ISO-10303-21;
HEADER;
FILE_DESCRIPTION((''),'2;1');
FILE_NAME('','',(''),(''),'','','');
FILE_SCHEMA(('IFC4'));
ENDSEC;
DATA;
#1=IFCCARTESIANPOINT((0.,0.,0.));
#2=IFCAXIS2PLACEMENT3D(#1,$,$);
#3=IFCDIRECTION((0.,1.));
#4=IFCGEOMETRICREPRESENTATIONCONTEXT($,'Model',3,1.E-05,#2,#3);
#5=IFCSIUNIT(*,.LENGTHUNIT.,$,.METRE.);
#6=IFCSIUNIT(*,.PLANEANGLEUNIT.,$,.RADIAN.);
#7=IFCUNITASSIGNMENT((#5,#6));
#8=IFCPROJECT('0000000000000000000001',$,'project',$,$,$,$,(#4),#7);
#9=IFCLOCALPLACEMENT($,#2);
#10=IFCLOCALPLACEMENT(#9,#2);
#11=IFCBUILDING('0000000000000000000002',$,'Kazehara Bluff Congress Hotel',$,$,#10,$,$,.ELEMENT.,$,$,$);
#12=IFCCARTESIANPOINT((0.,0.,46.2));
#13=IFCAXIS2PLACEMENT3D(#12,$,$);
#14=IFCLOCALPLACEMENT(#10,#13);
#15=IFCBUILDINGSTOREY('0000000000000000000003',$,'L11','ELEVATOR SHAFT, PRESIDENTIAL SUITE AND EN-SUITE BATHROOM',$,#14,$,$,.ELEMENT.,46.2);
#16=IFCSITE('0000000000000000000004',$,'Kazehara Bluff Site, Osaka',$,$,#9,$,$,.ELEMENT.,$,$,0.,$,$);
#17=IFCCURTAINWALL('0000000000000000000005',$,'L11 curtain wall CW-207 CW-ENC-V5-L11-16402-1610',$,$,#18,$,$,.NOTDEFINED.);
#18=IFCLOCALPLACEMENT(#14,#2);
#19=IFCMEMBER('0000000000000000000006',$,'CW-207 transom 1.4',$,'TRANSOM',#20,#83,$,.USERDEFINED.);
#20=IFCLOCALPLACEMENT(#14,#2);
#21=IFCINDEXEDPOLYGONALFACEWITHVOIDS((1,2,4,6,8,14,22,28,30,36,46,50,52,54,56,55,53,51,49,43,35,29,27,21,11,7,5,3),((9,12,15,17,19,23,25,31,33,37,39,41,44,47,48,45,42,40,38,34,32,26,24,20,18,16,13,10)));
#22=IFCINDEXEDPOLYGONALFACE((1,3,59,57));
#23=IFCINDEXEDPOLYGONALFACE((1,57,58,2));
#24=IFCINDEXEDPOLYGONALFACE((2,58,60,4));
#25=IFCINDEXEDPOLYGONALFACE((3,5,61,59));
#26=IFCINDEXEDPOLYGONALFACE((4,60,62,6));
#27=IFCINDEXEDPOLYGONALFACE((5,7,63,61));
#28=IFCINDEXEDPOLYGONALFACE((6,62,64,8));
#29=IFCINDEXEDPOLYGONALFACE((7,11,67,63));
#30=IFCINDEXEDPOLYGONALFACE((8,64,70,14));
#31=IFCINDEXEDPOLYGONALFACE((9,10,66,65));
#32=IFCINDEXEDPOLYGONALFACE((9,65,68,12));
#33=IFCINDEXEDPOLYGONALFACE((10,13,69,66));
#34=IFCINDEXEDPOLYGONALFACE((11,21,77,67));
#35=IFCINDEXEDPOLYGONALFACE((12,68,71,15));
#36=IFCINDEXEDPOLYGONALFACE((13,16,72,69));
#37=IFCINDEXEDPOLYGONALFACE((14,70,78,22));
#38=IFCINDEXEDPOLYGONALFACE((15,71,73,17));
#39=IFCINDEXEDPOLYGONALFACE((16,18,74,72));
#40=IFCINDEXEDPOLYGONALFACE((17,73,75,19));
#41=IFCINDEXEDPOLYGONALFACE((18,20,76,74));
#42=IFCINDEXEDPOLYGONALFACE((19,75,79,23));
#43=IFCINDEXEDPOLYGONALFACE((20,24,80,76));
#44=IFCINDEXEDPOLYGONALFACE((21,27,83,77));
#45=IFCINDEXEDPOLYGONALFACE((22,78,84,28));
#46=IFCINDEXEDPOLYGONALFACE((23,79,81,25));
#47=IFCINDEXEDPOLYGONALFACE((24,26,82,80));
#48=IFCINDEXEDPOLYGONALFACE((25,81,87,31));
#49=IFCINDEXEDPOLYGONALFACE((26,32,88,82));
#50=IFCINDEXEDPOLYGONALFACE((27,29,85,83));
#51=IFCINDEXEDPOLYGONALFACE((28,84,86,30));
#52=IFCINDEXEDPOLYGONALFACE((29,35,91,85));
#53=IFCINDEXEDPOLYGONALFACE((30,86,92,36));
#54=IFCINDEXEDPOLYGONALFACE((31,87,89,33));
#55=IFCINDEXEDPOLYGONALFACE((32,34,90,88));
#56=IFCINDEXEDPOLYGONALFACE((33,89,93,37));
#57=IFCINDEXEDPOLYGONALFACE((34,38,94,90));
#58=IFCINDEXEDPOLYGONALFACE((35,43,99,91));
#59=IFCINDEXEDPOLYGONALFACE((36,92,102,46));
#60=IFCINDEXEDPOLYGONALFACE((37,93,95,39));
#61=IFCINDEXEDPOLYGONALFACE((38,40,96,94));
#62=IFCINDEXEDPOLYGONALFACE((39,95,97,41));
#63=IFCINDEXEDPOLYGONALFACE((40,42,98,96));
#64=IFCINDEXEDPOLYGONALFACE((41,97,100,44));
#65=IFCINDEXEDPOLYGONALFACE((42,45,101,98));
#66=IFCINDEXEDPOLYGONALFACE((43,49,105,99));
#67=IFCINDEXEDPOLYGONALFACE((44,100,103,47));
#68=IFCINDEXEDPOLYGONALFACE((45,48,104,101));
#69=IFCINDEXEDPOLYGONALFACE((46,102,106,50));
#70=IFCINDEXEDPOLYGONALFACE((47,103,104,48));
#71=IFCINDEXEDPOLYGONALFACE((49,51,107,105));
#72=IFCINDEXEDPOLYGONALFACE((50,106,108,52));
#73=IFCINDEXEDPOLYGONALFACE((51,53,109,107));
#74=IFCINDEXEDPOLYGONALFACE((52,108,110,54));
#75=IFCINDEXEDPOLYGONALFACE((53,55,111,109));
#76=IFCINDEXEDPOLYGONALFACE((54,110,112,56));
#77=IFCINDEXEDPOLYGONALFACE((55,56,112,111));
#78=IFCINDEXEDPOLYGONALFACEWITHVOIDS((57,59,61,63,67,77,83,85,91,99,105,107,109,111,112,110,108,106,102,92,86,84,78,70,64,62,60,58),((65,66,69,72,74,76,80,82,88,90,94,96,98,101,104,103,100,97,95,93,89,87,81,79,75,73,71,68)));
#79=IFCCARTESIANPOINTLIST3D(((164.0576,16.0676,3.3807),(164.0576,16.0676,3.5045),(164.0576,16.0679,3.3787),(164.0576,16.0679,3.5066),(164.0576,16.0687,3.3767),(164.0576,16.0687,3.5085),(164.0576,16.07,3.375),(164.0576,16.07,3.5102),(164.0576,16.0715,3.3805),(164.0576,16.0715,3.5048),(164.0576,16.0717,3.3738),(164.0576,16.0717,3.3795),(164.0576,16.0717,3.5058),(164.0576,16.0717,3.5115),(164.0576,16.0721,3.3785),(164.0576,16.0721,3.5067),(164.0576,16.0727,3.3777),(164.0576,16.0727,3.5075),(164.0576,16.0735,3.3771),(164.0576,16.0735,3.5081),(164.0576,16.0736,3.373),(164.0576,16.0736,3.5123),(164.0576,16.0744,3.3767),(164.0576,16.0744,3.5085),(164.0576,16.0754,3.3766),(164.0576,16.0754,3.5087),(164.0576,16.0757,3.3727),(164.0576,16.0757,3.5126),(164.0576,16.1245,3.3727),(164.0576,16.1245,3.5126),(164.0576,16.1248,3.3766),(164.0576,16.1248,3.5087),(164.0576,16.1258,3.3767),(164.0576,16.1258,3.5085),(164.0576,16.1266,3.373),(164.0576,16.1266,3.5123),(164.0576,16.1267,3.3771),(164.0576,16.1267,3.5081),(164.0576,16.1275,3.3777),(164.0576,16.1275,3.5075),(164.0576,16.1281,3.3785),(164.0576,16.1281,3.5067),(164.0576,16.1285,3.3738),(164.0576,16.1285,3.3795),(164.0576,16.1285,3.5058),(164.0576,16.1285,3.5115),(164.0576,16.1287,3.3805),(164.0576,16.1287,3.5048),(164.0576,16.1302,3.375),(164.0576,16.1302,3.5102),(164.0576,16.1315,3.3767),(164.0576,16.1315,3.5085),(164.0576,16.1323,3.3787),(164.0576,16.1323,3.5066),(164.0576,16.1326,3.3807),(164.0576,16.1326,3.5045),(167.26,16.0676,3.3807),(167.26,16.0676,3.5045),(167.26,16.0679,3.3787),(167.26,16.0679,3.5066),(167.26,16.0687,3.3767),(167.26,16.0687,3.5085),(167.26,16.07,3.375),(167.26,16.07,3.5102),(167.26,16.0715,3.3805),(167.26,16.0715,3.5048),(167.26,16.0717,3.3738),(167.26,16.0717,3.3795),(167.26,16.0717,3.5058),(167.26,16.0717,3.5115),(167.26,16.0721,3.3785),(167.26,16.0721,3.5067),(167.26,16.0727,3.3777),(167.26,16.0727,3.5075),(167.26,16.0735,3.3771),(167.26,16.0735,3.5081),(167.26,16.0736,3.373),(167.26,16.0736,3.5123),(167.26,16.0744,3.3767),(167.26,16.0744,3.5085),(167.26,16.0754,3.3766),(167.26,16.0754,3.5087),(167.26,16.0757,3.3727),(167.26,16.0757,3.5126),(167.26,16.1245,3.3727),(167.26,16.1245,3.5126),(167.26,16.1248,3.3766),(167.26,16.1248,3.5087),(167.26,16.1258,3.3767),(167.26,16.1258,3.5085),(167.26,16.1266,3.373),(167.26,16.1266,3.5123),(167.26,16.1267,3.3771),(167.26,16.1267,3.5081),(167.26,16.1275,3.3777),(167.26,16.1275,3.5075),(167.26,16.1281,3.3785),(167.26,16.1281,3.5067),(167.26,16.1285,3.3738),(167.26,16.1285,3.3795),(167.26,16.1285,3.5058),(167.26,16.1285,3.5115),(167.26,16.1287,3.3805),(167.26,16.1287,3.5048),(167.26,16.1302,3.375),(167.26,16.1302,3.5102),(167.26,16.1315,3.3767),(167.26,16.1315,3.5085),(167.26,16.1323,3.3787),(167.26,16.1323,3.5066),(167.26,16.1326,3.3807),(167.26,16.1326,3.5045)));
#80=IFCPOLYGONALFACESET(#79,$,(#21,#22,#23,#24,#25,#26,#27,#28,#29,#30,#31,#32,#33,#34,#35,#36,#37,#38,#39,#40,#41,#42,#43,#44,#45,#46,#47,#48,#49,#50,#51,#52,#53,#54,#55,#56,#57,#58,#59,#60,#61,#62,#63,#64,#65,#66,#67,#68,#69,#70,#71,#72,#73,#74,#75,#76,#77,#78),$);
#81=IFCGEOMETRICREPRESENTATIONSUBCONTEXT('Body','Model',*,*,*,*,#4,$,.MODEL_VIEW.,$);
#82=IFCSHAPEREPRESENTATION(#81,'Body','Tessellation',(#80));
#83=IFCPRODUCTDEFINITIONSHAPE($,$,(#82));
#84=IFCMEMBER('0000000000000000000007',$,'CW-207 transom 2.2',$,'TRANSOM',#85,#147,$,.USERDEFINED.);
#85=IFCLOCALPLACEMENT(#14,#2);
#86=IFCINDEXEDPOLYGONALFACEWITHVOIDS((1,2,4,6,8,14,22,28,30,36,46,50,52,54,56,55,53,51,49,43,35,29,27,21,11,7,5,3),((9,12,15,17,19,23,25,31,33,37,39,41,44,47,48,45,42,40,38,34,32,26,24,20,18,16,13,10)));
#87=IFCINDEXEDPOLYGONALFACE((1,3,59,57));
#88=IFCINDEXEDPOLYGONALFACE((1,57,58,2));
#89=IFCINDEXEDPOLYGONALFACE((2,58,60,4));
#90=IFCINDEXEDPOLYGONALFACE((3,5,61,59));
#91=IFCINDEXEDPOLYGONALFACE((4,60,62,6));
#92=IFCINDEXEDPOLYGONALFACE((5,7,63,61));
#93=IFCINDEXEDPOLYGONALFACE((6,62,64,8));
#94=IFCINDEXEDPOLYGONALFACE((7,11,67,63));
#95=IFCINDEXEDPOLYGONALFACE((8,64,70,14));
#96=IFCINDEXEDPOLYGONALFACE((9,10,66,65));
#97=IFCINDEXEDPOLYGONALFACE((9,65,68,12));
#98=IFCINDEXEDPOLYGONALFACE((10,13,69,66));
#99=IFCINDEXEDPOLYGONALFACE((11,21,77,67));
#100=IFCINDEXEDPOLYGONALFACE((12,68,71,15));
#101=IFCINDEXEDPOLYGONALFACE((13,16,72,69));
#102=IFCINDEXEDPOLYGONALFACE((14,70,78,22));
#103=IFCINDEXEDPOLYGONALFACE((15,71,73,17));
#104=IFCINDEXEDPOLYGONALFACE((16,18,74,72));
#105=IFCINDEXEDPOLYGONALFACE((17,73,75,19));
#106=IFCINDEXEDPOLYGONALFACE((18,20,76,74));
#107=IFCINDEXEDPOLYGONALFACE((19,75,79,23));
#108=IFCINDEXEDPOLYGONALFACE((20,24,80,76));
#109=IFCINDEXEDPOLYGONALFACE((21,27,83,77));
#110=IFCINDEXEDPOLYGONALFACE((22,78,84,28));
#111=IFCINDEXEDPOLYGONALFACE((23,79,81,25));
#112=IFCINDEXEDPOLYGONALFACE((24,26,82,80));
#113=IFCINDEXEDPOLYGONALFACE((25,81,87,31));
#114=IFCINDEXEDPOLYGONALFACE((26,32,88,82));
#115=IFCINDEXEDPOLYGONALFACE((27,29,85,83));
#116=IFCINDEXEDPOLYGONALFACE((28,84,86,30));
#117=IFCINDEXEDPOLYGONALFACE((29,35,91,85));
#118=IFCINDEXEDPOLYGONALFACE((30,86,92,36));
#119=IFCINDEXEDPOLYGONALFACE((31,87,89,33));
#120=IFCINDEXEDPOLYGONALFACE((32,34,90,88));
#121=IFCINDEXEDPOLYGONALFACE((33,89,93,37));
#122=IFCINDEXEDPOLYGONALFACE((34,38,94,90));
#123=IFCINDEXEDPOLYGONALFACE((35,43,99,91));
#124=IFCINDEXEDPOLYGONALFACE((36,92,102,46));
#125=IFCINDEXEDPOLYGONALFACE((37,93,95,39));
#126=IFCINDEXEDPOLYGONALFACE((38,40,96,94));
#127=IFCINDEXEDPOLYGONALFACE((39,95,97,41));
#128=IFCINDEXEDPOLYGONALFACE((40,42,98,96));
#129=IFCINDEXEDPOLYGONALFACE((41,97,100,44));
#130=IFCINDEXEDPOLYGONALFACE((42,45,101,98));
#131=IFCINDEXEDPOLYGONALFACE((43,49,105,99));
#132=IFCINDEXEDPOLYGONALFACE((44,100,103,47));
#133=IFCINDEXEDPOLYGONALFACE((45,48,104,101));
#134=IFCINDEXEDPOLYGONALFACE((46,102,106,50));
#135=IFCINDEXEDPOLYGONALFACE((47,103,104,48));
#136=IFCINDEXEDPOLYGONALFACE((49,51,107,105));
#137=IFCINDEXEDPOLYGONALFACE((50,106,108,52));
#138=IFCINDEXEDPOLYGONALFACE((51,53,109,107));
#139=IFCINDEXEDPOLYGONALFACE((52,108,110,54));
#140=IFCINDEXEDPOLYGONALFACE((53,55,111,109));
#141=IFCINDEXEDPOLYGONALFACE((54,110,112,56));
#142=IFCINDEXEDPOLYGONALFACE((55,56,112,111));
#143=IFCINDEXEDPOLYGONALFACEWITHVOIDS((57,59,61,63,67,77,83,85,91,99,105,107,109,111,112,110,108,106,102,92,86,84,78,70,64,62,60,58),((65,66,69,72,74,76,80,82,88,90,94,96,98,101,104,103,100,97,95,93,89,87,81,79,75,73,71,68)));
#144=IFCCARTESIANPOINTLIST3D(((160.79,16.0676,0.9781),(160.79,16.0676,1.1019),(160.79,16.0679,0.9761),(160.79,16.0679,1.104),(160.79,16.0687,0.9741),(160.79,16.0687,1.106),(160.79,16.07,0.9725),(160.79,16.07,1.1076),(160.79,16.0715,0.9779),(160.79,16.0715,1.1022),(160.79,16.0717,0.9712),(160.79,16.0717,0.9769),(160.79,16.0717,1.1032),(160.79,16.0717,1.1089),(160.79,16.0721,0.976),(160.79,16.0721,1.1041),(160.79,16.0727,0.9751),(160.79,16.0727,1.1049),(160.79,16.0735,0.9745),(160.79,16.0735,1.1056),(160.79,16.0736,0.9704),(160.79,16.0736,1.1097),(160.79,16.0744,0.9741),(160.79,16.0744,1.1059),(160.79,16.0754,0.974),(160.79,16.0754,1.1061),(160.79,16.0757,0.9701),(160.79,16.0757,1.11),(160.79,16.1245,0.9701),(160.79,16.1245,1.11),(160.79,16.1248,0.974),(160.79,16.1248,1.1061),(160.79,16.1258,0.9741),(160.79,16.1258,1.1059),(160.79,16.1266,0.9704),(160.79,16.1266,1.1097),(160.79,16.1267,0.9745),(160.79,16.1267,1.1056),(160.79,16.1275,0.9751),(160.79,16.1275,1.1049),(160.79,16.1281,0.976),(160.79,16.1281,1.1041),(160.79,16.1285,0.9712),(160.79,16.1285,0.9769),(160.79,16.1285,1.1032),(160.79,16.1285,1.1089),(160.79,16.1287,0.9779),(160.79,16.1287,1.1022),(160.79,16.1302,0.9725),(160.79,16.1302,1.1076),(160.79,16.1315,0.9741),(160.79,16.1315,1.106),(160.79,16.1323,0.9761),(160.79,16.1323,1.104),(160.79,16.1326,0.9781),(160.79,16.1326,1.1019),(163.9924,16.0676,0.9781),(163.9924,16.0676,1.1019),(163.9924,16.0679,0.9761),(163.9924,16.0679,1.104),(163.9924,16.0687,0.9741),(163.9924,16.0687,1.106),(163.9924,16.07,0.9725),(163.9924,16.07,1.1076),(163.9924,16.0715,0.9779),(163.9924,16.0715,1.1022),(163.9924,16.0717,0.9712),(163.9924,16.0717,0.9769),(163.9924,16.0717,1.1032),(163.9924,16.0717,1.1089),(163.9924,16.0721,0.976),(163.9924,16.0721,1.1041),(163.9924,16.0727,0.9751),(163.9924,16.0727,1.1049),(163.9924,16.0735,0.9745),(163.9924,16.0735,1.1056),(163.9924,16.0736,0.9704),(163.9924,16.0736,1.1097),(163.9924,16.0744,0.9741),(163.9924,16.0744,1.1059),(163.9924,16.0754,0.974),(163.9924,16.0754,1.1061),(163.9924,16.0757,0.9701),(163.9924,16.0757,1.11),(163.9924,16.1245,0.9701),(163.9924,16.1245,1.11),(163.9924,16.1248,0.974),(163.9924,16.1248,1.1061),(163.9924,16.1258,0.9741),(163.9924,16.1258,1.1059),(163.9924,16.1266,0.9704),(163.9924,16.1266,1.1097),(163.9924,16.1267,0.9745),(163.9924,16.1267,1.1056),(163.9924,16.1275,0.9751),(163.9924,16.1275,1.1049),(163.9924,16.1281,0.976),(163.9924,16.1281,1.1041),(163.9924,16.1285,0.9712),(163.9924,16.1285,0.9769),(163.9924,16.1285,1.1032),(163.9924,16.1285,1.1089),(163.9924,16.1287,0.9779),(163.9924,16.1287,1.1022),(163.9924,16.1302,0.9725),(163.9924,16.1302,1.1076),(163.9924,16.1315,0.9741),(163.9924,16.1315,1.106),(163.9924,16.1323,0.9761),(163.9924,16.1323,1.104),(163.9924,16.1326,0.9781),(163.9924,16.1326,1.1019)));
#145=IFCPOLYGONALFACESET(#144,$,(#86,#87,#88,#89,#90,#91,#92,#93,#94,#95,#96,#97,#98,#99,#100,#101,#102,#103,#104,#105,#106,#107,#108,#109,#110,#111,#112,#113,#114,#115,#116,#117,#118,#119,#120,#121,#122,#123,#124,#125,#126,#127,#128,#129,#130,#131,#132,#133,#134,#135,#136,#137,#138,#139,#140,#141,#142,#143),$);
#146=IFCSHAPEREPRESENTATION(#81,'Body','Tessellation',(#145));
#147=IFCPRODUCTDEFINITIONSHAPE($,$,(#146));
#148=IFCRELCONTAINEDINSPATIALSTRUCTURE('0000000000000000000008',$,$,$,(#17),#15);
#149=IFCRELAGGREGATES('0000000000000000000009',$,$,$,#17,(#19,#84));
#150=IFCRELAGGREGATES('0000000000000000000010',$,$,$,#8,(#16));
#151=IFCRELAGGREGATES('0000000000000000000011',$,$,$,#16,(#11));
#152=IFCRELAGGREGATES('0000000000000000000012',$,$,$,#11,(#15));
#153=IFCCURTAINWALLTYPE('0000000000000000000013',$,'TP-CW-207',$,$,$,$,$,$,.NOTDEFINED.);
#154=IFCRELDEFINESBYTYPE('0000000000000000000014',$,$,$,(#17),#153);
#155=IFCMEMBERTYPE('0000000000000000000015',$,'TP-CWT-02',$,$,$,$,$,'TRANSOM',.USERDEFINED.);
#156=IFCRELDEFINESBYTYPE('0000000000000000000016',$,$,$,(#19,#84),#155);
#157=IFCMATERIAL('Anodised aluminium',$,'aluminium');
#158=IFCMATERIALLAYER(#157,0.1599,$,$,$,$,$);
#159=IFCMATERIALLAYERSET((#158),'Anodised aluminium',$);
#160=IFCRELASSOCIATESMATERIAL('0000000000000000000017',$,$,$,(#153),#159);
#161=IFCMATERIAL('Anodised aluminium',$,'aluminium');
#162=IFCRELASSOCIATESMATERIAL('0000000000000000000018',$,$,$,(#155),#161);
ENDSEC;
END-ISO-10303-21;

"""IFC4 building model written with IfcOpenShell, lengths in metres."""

from ifc_helpers import new_model, si_unit, direction, frame, origin, origin_2d, place, context, subcontext, project, spatial, hollow_rectangle, extrude, material, layer, layer_set, material_profile, profile_set, type_object, element, aggregate, save


model = new_model("IFC4")

# Units and contexts
model_context = context("Model", 3, precision=1e-05, world=origin(), true_north=direction((0.0, 1.0)))
body_context = subcontext(model_context, "Body", "Model", "MODEL_VIEW")
ifc_project = project(units=[si_unit("LENGTHUNIT", "METRE"), si_unit("PLANEANGLEUNIT", "RADIAN")], contexts=[model_context])

# Site, building, storey
site_placement = place(None, origin())
site = spatial("IfcSite", under=ifc_project, at=site_placement, Name="Kazehara Bluff Site, Osaka", CompositionType="ELEMENT", RefElevation=0.0)
building_placement = place(site_placement, origin())
building = spatial("IfcBuilding", under=site, at=building_placement, Name="Kazehara Bluff Congress Hotel", CompositionType="ELEMENT")
storey_placement = place(building_placement, frame((0.0, 0.0, 46.2)))
storey = spatial("IfcBuildingStorey", under=building, at=storey_placement, Name="L11", Description="ELEVATOR SHAFT, PRESIDENTIAL SUITE AND EN-SUITE BATHROOM", CompositionType="ELEMENT", Elevation=46.2)

# Curtain wall
ifc_material_1 = material(Name="Anodised aluminium", Category="aluminium")
ifc_layer_1 = layer(ifc_material_1, 0.1599)
ifc_layer_set_1 = layer_set([ifc_layer_1], Name="Anodised aluminium")
curtain_wall_type_1 = type_object("IfcCurtainWallType", Name="TP-CW-207", PredefinedType="NOTDEFINED", material=ifc_layer_set_1)
curtain_wall_1_placement = place(storey_placement, origin())
curtain_wall_1 = element("IfcCurtainWall", 1, at=curtain_wall_1_placement, inside=storey, type_object=curtain_wall_type_1, Name="L11 curtain wall CW-207 CW-ENC-V5-L11-16402-1610", PredefinedType="NOTDEFINED")

# Members
ifc_material_2 = material(Name="Anodised aluminium", Category="aluminium")
ifc_material_profile_1 = material_profile(ifc_material_2, hollow_rectangle(XDim=0.0649, YDim=0.1399, WallThickness=0.0039, InnerFilletRadius=0.0039, OuterFilletRadius=0.0081, at=origin_2d()))
ifc_profile_set_1 = profile_set([ifc_material_profile_1], Name="Anodised aluminium")
member_type_1 = type_object("IfcMemberType", Name="TP-CWT-02", ElementType="TRANSOM", PredefinedType="USERDEFINED", material=ifc_profile_set_1)
member_1_placement = place(storey_placement, frame((167.26, 16.1001, 3.4426), z_axis=(-1.0, 0.0, 0.0), x_axis=(0.0, -1.0, 0.0)))
member_1 = element("IfcMember", 2, at=member_1_placement, type_object=member_type_1, Name="CW-207 transom 1.4", ObjectType="TRANSOM", PredefinedType="USERDEFINED", context=body_context, shape_type="SweptSolid", body=[
    extrude(hollow_rectangle(XDim=0.0649, YDim=0.1399, WallThickness=0.0039, InnerFilletRadius=0.0039, OuterFilletRadius=0.0081, at=origin_2d()), origin(), (0.0, 0.0, 1.0), 3.2024),
])
member_2_placement = place(storey_placement, frame((163.9924, 16.1001, 1.04), z_axis=(-1.0, 0.0, 0.0), x_axis=(0.0, -1.0, 0.0)))
member_2 = element("IfcMember", 3, at=member_2_placement, type_object=member_type_1, Name="CW-207 transom 2.2", ObjectType="TRANSOM", PredefinedType="USERDEFINED", context=body_context, shape_type="SweptSolid", body=[
    extrude(hollow_rectangle(XDim=0.0649, YDim=0.1399, WallThickness=0.0039, InnerFilletRadius=0.0039, OuterFilletRadius=0.0081, at=origin_2d()), origin(), (0.0, 0.0, 1.0), 3.2024),
])

aggregate(curtain_wall_1, [member_1, member_2])

save(model, "model.ifc")
